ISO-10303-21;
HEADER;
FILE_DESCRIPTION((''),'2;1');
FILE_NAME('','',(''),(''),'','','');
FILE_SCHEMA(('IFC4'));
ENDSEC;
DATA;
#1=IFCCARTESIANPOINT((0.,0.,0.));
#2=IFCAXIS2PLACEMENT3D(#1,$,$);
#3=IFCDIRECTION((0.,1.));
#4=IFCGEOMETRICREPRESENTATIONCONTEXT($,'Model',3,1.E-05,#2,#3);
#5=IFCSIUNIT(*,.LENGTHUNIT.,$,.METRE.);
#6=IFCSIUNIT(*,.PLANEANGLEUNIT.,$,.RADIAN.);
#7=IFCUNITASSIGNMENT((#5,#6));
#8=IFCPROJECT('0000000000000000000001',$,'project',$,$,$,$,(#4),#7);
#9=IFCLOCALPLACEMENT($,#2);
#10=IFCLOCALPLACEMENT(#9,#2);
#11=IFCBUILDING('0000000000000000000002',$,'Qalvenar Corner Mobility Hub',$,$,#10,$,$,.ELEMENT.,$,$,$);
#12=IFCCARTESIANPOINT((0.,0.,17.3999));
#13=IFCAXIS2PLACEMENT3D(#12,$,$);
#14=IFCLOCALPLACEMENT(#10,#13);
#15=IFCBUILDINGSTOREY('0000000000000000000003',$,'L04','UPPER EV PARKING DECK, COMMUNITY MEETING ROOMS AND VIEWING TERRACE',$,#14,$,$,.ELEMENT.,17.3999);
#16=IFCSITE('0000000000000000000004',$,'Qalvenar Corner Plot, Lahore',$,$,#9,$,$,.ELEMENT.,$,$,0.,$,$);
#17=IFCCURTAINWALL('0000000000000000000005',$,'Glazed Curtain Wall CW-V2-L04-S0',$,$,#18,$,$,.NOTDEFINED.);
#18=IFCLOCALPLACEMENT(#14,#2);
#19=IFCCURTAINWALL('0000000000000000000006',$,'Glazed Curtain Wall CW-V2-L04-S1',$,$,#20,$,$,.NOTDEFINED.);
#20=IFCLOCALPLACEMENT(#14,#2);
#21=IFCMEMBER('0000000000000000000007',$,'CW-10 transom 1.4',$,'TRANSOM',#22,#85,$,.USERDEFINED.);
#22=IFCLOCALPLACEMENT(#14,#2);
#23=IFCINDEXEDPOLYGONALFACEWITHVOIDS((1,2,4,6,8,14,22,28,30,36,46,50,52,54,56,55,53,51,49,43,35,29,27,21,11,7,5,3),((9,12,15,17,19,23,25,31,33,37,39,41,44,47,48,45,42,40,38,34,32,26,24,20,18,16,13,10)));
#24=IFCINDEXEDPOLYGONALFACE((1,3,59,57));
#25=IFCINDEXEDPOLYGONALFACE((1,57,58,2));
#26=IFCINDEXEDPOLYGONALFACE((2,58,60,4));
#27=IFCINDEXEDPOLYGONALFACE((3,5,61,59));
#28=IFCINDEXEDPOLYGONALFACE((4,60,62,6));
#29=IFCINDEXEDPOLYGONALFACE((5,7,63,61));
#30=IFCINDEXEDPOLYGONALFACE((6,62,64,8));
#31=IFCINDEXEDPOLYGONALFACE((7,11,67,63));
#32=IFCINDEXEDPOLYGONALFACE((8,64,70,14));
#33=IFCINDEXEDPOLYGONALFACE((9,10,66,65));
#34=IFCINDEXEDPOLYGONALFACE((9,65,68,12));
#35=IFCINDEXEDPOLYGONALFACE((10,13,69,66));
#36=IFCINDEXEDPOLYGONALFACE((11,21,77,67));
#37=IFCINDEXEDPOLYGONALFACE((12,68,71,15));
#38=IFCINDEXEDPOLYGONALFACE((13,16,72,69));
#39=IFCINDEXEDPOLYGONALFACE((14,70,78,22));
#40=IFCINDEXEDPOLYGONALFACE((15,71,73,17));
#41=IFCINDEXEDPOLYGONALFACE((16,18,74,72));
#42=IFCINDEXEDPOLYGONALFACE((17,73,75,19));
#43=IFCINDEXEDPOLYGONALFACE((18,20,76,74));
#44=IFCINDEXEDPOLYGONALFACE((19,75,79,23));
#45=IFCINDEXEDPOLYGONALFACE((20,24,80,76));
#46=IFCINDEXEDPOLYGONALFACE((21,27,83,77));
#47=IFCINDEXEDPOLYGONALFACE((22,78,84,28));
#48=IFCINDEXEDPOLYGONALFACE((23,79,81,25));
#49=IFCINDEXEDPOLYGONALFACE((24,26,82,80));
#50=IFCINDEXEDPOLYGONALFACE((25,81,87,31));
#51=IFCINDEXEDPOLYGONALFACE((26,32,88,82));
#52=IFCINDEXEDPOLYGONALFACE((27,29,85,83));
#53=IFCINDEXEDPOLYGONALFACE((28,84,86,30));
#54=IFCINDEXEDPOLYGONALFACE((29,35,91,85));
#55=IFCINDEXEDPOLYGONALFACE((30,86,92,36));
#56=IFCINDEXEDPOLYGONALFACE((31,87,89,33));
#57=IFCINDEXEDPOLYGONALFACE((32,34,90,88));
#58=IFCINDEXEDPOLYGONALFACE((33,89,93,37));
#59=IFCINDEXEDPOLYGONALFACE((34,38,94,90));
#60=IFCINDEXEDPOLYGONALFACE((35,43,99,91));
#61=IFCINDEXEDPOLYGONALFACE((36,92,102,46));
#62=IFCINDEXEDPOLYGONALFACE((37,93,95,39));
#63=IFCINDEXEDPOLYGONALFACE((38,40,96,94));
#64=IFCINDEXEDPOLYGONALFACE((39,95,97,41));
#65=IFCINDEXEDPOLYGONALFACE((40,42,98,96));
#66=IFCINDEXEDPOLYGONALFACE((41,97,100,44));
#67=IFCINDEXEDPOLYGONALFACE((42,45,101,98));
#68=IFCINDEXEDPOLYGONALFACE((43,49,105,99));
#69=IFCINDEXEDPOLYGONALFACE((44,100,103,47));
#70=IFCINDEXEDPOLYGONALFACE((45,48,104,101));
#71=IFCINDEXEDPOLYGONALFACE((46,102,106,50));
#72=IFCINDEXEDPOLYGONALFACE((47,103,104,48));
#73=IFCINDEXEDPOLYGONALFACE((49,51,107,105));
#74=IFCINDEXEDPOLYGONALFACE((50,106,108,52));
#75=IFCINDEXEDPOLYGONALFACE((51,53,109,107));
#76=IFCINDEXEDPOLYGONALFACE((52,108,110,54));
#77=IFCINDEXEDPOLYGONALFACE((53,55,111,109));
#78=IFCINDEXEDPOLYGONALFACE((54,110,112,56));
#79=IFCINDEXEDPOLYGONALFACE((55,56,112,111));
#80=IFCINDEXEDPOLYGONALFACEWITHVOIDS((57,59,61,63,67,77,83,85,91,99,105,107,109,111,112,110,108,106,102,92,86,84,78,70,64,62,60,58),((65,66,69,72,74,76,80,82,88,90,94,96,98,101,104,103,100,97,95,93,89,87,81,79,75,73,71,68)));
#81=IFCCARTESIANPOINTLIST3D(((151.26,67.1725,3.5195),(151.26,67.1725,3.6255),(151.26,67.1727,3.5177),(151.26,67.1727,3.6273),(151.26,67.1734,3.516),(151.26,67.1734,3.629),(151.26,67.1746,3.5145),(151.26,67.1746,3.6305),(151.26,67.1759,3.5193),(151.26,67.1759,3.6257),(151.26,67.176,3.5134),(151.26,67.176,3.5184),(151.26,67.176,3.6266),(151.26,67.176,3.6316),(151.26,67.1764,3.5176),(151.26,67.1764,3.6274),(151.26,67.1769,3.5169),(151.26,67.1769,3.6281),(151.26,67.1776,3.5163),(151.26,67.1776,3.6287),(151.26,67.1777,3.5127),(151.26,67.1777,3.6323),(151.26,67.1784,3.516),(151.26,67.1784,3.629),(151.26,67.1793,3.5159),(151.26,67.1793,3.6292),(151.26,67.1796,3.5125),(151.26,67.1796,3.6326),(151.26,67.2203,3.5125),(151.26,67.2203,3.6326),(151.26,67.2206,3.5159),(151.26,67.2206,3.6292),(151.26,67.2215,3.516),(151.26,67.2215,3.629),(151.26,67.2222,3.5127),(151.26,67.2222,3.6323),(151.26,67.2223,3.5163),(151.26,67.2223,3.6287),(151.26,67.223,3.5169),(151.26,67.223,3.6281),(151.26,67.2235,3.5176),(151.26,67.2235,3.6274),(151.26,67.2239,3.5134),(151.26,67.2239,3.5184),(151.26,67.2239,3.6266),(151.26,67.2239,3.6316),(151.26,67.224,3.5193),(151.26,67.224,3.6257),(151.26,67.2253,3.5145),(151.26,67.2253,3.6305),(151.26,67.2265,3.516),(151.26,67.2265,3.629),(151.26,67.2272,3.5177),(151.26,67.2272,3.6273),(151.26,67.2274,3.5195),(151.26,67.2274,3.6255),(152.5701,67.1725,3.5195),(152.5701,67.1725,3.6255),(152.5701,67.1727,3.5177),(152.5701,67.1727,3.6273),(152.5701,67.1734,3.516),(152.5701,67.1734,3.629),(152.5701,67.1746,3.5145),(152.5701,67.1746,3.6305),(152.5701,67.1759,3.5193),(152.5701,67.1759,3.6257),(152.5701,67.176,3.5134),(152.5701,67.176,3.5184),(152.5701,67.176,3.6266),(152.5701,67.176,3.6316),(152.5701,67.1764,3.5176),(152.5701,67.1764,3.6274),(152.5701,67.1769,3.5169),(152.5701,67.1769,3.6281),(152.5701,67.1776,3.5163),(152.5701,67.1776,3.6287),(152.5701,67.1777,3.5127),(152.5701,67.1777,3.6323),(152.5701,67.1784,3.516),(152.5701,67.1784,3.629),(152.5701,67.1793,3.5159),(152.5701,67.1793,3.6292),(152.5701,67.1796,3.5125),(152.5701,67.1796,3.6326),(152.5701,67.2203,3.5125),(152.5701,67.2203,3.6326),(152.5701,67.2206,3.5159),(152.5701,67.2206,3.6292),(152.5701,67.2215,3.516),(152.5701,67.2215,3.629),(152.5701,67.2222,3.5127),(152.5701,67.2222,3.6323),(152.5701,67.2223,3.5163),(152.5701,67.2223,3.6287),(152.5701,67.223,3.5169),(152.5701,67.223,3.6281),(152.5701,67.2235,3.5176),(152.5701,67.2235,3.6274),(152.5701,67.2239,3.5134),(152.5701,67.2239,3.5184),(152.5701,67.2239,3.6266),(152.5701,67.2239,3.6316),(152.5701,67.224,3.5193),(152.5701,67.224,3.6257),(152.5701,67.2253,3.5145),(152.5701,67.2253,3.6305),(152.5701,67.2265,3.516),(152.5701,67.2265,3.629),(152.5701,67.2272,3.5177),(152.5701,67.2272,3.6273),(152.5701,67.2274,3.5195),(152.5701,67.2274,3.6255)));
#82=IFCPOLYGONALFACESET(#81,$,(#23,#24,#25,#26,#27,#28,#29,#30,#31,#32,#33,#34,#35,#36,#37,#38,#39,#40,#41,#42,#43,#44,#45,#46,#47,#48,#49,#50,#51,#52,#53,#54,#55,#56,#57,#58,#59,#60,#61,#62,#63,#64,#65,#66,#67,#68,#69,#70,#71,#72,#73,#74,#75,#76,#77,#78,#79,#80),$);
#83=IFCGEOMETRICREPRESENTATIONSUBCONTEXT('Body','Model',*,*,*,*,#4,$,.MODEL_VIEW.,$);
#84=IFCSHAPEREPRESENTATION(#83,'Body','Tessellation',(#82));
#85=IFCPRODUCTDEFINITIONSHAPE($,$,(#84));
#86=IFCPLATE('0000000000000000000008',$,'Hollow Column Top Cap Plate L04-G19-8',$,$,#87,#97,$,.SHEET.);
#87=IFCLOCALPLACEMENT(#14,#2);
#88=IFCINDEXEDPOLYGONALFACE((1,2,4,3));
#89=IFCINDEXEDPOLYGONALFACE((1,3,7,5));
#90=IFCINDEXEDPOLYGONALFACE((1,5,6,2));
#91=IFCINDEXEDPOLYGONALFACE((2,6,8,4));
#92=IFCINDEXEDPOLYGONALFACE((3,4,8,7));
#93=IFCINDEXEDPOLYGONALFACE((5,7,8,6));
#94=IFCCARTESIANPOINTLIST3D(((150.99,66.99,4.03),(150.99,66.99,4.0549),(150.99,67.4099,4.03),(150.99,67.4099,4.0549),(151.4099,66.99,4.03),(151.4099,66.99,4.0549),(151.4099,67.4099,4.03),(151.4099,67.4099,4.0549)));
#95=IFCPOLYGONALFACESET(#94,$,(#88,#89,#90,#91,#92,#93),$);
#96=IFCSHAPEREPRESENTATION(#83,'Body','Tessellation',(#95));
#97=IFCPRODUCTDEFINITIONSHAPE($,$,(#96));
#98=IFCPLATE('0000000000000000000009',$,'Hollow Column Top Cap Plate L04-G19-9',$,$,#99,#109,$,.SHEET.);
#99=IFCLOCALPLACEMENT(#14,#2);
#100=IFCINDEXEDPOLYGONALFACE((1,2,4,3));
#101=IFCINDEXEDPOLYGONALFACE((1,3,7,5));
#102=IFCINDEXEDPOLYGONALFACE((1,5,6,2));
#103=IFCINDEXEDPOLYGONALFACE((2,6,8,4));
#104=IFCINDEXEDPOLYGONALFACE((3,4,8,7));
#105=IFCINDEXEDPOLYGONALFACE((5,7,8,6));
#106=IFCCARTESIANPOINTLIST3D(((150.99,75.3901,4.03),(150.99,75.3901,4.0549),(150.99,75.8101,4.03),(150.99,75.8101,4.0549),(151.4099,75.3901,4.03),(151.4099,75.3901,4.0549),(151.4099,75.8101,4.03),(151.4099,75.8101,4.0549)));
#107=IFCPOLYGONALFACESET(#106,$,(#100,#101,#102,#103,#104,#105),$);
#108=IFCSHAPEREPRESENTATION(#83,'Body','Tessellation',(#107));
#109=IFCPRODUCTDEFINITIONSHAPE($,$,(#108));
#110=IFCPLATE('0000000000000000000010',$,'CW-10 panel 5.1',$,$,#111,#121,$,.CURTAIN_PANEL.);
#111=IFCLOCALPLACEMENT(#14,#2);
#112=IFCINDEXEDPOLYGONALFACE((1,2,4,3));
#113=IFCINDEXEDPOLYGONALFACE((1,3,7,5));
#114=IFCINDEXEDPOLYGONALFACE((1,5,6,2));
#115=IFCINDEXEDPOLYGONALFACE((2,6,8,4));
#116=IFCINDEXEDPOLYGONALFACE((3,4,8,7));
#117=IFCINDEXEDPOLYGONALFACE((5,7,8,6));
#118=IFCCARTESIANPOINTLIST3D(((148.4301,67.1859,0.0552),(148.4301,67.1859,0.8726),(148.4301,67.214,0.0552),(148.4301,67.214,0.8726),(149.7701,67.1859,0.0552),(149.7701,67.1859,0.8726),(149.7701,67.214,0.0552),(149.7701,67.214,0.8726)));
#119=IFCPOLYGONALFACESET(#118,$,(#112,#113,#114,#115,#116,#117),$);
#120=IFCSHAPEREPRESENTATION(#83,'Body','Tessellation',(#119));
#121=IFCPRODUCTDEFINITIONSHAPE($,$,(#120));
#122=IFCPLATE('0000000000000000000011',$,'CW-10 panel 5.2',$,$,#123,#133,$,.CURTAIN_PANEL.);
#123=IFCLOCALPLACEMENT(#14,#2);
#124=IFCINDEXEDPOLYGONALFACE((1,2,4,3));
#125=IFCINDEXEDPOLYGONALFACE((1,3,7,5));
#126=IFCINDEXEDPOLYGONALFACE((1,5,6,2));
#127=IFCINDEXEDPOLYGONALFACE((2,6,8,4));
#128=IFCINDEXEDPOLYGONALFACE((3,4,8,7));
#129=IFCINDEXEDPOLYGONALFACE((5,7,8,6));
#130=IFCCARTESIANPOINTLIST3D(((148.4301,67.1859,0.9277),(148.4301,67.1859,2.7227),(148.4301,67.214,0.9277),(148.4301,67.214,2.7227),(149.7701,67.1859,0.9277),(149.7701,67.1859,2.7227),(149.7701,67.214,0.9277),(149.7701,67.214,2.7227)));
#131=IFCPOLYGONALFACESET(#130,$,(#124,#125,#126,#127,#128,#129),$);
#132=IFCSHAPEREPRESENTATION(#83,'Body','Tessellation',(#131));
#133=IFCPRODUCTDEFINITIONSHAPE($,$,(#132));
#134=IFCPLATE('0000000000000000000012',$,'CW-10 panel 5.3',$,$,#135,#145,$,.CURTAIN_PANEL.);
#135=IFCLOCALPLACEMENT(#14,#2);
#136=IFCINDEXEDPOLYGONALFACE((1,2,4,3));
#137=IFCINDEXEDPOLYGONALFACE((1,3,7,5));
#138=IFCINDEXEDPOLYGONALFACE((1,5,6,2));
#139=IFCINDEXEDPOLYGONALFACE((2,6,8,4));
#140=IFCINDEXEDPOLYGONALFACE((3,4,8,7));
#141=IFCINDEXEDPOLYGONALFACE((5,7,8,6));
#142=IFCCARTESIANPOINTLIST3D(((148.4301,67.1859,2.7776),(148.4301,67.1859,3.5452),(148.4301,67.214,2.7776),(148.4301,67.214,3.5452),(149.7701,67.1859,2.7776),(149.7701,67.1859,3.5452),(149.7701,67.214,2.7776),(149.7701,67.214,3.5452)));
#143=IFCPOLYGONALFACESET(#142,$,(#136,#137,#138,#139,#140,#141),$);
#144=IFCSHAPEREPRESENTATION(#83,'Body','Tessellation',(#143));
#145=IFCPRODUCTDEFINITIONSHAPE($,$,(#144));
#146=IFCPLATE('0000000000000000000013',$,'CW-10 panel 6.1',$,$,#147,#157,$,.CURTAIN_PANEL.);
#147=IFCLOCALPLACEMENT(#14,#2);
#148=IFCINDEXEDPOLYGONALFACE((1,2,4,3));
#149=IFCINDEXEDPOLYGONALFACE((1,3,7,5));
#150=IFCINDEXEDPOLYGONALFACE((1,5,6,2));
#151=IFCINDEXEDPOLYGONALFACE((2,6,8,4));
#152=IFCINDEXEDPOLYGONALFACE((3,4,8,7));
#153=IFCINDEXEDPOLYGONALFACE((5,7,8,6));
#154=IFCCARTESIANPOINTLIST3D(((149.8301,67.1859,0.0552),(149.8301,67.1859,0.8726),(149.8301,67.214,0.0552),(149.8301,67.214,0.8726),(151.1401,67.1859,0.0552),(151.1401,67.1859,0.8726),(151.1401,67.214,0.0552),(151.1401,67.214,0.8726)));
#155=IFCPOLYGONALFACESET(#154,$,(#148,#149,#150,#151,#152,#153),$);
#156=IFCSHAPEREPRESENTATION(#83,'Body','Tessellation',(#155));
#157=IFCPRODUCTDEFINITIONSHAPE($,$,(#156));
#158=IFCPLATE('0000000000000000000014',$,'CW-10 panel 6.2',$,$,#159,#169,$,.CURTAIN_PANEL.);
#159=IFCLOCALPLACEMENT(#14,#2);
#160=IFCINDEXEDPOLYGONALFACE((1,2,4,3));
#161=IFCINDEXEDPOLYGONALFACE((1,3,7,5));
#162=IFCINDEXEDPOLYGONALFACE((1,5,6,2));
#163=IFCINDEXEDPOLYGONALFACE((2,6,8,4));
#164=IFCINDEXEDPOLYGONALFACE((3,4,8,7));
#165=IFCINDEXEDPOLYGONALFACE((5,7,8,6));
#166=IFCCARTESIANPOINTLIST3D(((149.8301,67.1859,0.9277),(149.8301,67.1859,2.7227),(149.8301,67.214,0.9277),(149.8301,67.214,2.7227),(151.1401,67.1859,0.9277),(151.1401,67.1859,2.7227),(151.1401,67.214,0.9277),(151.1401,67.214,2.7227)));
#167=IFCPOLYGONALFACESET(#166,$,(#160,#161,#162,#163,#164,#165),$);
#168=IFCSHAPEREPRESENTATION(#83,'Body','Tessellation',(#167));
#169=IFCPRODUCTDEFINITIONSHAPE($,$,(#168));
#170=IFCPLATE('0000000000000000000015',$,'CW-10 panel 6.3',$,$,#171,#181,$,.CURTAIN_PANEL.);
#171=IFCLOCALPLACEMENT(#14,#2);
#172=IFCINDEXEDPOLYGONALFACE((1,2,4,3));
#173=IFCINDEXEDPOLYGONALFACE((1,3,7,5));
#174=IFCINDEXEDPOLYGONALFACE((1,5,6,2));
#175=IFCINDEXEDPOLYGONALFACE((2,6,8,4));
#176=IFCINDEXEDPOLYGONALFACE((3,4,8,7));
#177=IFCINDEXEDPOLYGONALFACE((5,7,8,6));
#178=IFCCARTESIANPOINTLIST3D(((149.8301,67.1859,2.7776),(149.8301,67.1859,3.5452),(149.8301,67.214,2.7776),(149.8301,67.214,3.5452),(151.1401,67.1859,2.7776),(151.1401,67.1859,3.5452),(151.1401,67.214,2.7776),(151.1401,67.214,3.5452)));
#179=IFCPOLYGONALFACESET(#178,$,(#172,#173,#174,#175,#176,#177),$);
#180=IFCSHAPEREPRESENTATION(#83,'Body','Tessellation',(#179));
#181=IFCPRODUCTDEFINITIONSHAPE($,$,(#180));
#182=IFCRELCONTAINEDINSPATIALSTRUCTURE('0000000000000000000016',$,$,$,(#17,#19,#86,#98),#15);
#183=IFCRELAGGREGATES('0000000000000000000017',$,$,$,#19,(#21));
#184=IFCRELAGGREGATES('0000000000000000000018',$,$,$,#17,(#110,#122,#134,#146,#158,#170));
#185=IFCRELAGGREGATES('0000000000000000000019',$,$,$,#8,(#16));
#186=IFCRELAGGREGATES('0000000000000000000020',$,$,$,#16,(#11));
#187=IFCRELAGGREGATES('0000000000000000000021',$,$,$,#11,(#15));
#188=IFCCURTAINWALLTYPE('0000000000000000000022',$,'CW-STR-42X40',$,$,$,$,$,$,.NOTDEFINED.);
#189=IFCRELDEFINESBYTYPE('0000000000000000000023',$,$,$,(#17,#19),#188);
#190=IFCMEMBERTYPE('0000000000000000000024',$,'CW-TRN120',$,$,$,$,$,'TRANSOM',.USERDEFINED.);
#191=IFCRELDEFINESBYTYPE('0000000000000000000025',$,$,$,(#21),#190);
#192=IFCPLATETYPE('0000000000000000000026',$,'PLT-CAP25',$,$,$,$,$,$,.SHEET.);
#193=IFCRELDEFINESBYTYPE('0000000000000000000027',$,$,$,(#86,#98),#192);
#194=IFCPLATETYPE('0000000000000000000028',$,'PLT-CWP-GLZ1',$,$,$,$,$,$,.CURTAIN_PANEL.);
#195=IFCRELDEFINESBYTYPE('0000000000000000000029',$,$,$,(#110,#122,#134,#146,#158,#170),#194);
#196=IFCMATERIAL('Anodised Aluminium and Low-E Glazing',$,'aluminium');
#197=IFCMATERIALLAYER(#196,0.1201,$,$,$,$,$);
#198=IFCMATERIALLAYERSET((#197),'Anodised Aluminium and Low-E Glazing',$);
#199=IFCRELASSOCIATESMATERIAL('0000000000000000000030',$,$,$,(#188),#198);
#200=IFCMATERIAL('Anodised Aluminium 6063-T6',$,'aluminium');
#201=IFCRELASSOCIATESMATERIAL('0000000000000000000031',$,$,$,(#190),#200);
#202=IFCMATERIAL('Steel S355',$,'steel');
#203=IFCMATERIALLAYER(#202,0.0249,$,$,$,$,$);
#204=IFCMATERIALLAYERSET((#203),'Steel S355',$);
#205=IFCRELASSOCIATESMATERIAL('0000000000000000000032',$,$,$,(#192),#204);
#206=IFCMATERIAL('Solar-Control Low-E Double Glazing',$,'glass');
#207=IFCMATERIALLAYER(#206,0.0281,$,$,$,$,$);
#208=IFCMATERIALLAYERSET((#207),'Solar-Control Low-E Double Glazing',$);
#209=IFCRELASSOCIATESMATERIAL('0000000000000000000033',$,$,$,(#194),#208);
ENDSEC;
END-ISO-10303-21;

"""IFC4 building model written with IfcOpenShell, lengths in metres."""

from ifc_helpers import new_model, si_unit, direction, frame, origin, origin_2d, place, context, subcontext, project, spatial, rectangle, hollow_rectangle, extrude, material, layer, layer_set, material_profile, profile_set, type_object, element, aggregate, save


model = new_model("IFC4")

# Units and contexts
model_context = context("Model", 3, precision=1e-05, world=origin(), true_north=direction((0.0, 1.0)))
body_context = subcontext(model_context, "Body", "Model", "MODEL_VIEW")
ifc_project = project(units=[si_unit("LENGTHUNIT", "METRE"), si_unit("PLANEANGLEUNIT", "RADIAN")], contexts=[model_context])

# Site, building, storey
site_placement = place(None, origin())
site = spatial("IfcSite", under=ifc_project, at=site_placement, Name="Qalvenar Corner Plot, Lahore", CompositionType="ELEMENT", RefElevation=0.0)
building_placement = place(site_placement, origin())
building = spatial("IfcBuilding", under=site, at=building_placement, Name="Qalvenar Corner Mobility Hub", CompositionType="ELEMENT")
storey_placement = place(building_placement, frame((0.0, 0.0, 17.3999)))
storey = spatial("IfcBuildingStorey", under=building, at=storey_placement, Name="L04", Description="UPPER EV PARKING DECK, COMMUNITY MEETING ROOMS AND VIEWING TERRACE", CompositionType="ELEMENT", Elevation=17.3999)

# Curtain wall
ifc_material_1 = material(Name="Anodised Aluminium and Low-E Glazing", Category="aluminium")
ifc_layer_1 = layer(ifc_material_1, 0.1201)
ifc_layer_set_1 = layer_set([ifc_layer_1], Name="Anodised Aluminium and Low-E Glazing")
curtain_wall_type = type_object("IfcCurtainWallType", Name="CW-STR-42X40", PredefinedType="NOTDEFINED", material=ifc_layer_set_1)
curtain_wall_1_placement = place(storey_placement, origin())
curtain_wall_1 = element("IfcCurtainWall", 1, at=curtain_wall_1_placement, inside=storey, type_object=curtain_wall_type, Name="Glazed Curtain Wall CW-V2-L04-S0", PredefinedType="NOTDEFINED")
ifc_material_2 = material(Name="Anodised Aluminium 6063-T6", Category="aluminium")

# Curtain wall
curtain_wall_2_placement = place(storey_placement, origin())
curtain_wall_2 = element("IfcCurtainWall", 2, at=curtain_wall_2_placement, inside=storey, type_object=curtain_wall_type, Name="Glazed Curtain Wall CW-V2-L04-S1", PredefinedType="NOTDEFINED")

# Member
ifc_material_profile_1 = material_profile(ifc_material_2, hollow_rectangle(XDim=0.0549, YDim=0.1201, WallThickness=0.0034, InnerFilletRadius=0.0034, OuterFilletRadius=0.0071, at=origin_2d()), Name="RHS120x55x3.5")
ifc_profile_set_1 = profile_set([ifc_material_profile_1], Name="Anodised Aluminium 6063-T6")
member_type_1 = type_object("IfcMemberType", Name="CW-TRN120", ElementType="TRANSOM", PredefinedType="USERDEFINED", material=ifc_profile_set_1)
member_1_placement = place(storey_placement, frame((151.26, 67.2, 3.5725), z_axis=(1.0, 0.0, 0.0), x_axis=(0.0, 1.0, 0.0)))
member_1 = element("IfcMember", 3, at=member_1_placement, type_object=member_type_1, Name="CW-10 transom 1.4", ObjectType="TRANSOM", PredefinedType="USERDEFINED", context=body_context, shape_type="SweptSolid", body=[
    extrude(hollow_rectangle(XDim=0.0549, YDim=0.1201, WallThickness=0.0034, InnerFilletRadius=0.0034, OuterFilletRadius=0.0071, at=origin_2d()), origin(), (0.0, 0.0, 1.0), 1.3101),
])
aggregate(curtain_wall_2, [member_1])

# Plates
ifc_material_3 = material(Name="Steel S355", Category="steel")
ifc_layer_2 = layer(ifc_material_3, 0.0249)
ifc_layer_set_2 = layer_set([ifc_layer_2], Name="Steel S355")
plate_type_1 = type_object("IfcPlateType", Name="PLT-CAP25", PredefinedType="SHEET", material=ifc_layer_set_2)
for number, where, z_axis, x_axis, name in (
    (4, (151.2, 67.2, 4.03), (0.0, 0.0, 1.0), (1.0, 0.0, 0.0), "Hollow Column Top Cap Plate L04-G19-8"),
    (5, (151.2, 75.6001, 4.03), (0.0, 0.0, 1.0), (1.0, 0.0, 0.0), "Hollow Column Top Cap Plate L04-G19-9"),
):
    element("IfcPlate", number, at=place(storey_placement, frame(where, z_axis=z_axis, x_axis=x_axis)), inside=storey, type_object=plate_type_1, Name=name, PredefinedType="SHEET", context=body_context, shape_type="SweptSolid", body=[
        extrude(rectangle(XDim=0.4199, YDim=0.4199, at=origin_2d()), origin(), (0.0, 0.0, 1.0), 0.0249),
    ])

# Plates
ifc_material_4 = material(Name="Solar-Control Low-E Double Glazing", Category="glass")
ifc_layer_3 = layer(ifc_material_4, 0.0281)
ifc_layer_set_3 = layer_set([ifc_layer_3], Name="Solar-Control Low-E Double Glazing")
plate_type_2 = type_object("IfcPlateType", Name="PLT-CWP-GLZ1", PredefinedType="CURTAIN_PANEL", material=ifc_layer_set_3)
plate_1_placement = place(storey_placement, frame((149.1001, 67.2, 0.0552), z_axis=(0.0, 0.0, 1.0), x_axis=(1.0, 0.0, 0.0)))
plate_1 = element("IfcPlate", 6, at=plate_1_placement, type_object=plate_type_2, Name="CW-10 panel 5.1", PredefinedType="CURTAIN_PANEL", context=body_context, shape_type="SweptSolid", body=[
    extrude(rectangle(XDim=1.3401, YDim=0.0281, at=origin_2d()), origin(), (0.0, 0.0, 1.0), 0.8174),
])
plate_2_placement = place(storey_placement, frame((149.1001, 67.2, 0.9277), z_axis=(0.0, 0.0, 1.0), x_axis=(1.0, 0.0, 0.0)))
plate_2 = element("IfcPlate", 7, at=plate_2_placement, type_object=plate_type_2, Name="CW-10 panel 5.2", PredefinedType="CURTAIN_PANEL", context=body_context, shape_type="SweptSolid", body=[
    extrude(rectangle(XDim=1.3401, YDim=0.0281, at=origin_2d()), origin(), (0.0, 0.0, 1.0), 1.7949),
])
plate_3_placement = place(storey_placement, frame((149.1001, 67.2, 2.7776), z_axis=(0.0, 0.0, 1.0), x_axis=(1.0, 0.0, 0.0)))
plate_3 = element("IfcPlate", 8, at=plate_3_placement, type_object=plate_type_2, Name="CW-10 panel 5.3", PredefinedType="CURTAIN_PANEL", context=body_context, shape_type="SweptSolid", body=[
    extrude(rectangle(XDim=1.3401, YDim=0.0281, at=origin_2d()), origin(), (0.0, 0.0, 1.0), 0.7676),
])
plate_4_placement = place(storey_placement, frame((150.4851, 67.2, 0.0552), z_axis=(0.0, 0.0, 1.0), x_axis=(1.0, 0.0, 0.0)))
plate_4 = element("IfcPlate", 9, at=plate_4_placement, type_object=plate_type_2, Name="CW-10 panel 6.1", PredefinedType="CURTAIN_PANEL", context=body_context, shape_type="SweptSolid", body=[
    extrude(rectangle(XDim=1.3101, YDim=0.0281, at=origin_2d()), origin(), (0.0, 0.0, 1.0), 0.8174),
])
plate_5_placement = place(storey_placement, frame((150.4851, 67.2, 0.9277), z_axis=(0.0, 0.0, 1.0), x_axis=(1.0, 0.0, 0.0)))
plate_5 = element("IfcPlate", 10, at=plate_5_placement, type_object=plate_type_2, Name="CW-10 panel 6.2", PredefinedType="CURTAIN_PANEL", context=body_context, shape_type="SweptSolid", body=[
    extrude(rectangle(XDim=1.3101, YDim=0.0281, at=origin_2d()), origin(), (0.0, 0.0, 1.0), 1.7949),
])
plate_6_placement = place(storey_placement, frame((150.4851, 67.2, 2.7776), z_axis=(0.0, 0.0, 1.0), x_axis=(1.0, 0.0, 0.0)))
plate_6 = element("IfcPlate", 11, at=plate_6_placement, type_object=plate_type_2, Name="CW-10 panel 6.3", PredefinedType="CURTAIN_PANEL", context=body_context, shape_type="SweptSolid", body=[
    extrude(rectangle(XDim=1.3101, YDim=0.0281, at=origin_2d()), origin(), (0.0, 0.0, 1.0), 0.7676),
])
aggregate(curtain_wall_1, [plate_1, plate_2, plate_3, plate_4, plate_5, plate_6])

save(model, "model.ifc")
